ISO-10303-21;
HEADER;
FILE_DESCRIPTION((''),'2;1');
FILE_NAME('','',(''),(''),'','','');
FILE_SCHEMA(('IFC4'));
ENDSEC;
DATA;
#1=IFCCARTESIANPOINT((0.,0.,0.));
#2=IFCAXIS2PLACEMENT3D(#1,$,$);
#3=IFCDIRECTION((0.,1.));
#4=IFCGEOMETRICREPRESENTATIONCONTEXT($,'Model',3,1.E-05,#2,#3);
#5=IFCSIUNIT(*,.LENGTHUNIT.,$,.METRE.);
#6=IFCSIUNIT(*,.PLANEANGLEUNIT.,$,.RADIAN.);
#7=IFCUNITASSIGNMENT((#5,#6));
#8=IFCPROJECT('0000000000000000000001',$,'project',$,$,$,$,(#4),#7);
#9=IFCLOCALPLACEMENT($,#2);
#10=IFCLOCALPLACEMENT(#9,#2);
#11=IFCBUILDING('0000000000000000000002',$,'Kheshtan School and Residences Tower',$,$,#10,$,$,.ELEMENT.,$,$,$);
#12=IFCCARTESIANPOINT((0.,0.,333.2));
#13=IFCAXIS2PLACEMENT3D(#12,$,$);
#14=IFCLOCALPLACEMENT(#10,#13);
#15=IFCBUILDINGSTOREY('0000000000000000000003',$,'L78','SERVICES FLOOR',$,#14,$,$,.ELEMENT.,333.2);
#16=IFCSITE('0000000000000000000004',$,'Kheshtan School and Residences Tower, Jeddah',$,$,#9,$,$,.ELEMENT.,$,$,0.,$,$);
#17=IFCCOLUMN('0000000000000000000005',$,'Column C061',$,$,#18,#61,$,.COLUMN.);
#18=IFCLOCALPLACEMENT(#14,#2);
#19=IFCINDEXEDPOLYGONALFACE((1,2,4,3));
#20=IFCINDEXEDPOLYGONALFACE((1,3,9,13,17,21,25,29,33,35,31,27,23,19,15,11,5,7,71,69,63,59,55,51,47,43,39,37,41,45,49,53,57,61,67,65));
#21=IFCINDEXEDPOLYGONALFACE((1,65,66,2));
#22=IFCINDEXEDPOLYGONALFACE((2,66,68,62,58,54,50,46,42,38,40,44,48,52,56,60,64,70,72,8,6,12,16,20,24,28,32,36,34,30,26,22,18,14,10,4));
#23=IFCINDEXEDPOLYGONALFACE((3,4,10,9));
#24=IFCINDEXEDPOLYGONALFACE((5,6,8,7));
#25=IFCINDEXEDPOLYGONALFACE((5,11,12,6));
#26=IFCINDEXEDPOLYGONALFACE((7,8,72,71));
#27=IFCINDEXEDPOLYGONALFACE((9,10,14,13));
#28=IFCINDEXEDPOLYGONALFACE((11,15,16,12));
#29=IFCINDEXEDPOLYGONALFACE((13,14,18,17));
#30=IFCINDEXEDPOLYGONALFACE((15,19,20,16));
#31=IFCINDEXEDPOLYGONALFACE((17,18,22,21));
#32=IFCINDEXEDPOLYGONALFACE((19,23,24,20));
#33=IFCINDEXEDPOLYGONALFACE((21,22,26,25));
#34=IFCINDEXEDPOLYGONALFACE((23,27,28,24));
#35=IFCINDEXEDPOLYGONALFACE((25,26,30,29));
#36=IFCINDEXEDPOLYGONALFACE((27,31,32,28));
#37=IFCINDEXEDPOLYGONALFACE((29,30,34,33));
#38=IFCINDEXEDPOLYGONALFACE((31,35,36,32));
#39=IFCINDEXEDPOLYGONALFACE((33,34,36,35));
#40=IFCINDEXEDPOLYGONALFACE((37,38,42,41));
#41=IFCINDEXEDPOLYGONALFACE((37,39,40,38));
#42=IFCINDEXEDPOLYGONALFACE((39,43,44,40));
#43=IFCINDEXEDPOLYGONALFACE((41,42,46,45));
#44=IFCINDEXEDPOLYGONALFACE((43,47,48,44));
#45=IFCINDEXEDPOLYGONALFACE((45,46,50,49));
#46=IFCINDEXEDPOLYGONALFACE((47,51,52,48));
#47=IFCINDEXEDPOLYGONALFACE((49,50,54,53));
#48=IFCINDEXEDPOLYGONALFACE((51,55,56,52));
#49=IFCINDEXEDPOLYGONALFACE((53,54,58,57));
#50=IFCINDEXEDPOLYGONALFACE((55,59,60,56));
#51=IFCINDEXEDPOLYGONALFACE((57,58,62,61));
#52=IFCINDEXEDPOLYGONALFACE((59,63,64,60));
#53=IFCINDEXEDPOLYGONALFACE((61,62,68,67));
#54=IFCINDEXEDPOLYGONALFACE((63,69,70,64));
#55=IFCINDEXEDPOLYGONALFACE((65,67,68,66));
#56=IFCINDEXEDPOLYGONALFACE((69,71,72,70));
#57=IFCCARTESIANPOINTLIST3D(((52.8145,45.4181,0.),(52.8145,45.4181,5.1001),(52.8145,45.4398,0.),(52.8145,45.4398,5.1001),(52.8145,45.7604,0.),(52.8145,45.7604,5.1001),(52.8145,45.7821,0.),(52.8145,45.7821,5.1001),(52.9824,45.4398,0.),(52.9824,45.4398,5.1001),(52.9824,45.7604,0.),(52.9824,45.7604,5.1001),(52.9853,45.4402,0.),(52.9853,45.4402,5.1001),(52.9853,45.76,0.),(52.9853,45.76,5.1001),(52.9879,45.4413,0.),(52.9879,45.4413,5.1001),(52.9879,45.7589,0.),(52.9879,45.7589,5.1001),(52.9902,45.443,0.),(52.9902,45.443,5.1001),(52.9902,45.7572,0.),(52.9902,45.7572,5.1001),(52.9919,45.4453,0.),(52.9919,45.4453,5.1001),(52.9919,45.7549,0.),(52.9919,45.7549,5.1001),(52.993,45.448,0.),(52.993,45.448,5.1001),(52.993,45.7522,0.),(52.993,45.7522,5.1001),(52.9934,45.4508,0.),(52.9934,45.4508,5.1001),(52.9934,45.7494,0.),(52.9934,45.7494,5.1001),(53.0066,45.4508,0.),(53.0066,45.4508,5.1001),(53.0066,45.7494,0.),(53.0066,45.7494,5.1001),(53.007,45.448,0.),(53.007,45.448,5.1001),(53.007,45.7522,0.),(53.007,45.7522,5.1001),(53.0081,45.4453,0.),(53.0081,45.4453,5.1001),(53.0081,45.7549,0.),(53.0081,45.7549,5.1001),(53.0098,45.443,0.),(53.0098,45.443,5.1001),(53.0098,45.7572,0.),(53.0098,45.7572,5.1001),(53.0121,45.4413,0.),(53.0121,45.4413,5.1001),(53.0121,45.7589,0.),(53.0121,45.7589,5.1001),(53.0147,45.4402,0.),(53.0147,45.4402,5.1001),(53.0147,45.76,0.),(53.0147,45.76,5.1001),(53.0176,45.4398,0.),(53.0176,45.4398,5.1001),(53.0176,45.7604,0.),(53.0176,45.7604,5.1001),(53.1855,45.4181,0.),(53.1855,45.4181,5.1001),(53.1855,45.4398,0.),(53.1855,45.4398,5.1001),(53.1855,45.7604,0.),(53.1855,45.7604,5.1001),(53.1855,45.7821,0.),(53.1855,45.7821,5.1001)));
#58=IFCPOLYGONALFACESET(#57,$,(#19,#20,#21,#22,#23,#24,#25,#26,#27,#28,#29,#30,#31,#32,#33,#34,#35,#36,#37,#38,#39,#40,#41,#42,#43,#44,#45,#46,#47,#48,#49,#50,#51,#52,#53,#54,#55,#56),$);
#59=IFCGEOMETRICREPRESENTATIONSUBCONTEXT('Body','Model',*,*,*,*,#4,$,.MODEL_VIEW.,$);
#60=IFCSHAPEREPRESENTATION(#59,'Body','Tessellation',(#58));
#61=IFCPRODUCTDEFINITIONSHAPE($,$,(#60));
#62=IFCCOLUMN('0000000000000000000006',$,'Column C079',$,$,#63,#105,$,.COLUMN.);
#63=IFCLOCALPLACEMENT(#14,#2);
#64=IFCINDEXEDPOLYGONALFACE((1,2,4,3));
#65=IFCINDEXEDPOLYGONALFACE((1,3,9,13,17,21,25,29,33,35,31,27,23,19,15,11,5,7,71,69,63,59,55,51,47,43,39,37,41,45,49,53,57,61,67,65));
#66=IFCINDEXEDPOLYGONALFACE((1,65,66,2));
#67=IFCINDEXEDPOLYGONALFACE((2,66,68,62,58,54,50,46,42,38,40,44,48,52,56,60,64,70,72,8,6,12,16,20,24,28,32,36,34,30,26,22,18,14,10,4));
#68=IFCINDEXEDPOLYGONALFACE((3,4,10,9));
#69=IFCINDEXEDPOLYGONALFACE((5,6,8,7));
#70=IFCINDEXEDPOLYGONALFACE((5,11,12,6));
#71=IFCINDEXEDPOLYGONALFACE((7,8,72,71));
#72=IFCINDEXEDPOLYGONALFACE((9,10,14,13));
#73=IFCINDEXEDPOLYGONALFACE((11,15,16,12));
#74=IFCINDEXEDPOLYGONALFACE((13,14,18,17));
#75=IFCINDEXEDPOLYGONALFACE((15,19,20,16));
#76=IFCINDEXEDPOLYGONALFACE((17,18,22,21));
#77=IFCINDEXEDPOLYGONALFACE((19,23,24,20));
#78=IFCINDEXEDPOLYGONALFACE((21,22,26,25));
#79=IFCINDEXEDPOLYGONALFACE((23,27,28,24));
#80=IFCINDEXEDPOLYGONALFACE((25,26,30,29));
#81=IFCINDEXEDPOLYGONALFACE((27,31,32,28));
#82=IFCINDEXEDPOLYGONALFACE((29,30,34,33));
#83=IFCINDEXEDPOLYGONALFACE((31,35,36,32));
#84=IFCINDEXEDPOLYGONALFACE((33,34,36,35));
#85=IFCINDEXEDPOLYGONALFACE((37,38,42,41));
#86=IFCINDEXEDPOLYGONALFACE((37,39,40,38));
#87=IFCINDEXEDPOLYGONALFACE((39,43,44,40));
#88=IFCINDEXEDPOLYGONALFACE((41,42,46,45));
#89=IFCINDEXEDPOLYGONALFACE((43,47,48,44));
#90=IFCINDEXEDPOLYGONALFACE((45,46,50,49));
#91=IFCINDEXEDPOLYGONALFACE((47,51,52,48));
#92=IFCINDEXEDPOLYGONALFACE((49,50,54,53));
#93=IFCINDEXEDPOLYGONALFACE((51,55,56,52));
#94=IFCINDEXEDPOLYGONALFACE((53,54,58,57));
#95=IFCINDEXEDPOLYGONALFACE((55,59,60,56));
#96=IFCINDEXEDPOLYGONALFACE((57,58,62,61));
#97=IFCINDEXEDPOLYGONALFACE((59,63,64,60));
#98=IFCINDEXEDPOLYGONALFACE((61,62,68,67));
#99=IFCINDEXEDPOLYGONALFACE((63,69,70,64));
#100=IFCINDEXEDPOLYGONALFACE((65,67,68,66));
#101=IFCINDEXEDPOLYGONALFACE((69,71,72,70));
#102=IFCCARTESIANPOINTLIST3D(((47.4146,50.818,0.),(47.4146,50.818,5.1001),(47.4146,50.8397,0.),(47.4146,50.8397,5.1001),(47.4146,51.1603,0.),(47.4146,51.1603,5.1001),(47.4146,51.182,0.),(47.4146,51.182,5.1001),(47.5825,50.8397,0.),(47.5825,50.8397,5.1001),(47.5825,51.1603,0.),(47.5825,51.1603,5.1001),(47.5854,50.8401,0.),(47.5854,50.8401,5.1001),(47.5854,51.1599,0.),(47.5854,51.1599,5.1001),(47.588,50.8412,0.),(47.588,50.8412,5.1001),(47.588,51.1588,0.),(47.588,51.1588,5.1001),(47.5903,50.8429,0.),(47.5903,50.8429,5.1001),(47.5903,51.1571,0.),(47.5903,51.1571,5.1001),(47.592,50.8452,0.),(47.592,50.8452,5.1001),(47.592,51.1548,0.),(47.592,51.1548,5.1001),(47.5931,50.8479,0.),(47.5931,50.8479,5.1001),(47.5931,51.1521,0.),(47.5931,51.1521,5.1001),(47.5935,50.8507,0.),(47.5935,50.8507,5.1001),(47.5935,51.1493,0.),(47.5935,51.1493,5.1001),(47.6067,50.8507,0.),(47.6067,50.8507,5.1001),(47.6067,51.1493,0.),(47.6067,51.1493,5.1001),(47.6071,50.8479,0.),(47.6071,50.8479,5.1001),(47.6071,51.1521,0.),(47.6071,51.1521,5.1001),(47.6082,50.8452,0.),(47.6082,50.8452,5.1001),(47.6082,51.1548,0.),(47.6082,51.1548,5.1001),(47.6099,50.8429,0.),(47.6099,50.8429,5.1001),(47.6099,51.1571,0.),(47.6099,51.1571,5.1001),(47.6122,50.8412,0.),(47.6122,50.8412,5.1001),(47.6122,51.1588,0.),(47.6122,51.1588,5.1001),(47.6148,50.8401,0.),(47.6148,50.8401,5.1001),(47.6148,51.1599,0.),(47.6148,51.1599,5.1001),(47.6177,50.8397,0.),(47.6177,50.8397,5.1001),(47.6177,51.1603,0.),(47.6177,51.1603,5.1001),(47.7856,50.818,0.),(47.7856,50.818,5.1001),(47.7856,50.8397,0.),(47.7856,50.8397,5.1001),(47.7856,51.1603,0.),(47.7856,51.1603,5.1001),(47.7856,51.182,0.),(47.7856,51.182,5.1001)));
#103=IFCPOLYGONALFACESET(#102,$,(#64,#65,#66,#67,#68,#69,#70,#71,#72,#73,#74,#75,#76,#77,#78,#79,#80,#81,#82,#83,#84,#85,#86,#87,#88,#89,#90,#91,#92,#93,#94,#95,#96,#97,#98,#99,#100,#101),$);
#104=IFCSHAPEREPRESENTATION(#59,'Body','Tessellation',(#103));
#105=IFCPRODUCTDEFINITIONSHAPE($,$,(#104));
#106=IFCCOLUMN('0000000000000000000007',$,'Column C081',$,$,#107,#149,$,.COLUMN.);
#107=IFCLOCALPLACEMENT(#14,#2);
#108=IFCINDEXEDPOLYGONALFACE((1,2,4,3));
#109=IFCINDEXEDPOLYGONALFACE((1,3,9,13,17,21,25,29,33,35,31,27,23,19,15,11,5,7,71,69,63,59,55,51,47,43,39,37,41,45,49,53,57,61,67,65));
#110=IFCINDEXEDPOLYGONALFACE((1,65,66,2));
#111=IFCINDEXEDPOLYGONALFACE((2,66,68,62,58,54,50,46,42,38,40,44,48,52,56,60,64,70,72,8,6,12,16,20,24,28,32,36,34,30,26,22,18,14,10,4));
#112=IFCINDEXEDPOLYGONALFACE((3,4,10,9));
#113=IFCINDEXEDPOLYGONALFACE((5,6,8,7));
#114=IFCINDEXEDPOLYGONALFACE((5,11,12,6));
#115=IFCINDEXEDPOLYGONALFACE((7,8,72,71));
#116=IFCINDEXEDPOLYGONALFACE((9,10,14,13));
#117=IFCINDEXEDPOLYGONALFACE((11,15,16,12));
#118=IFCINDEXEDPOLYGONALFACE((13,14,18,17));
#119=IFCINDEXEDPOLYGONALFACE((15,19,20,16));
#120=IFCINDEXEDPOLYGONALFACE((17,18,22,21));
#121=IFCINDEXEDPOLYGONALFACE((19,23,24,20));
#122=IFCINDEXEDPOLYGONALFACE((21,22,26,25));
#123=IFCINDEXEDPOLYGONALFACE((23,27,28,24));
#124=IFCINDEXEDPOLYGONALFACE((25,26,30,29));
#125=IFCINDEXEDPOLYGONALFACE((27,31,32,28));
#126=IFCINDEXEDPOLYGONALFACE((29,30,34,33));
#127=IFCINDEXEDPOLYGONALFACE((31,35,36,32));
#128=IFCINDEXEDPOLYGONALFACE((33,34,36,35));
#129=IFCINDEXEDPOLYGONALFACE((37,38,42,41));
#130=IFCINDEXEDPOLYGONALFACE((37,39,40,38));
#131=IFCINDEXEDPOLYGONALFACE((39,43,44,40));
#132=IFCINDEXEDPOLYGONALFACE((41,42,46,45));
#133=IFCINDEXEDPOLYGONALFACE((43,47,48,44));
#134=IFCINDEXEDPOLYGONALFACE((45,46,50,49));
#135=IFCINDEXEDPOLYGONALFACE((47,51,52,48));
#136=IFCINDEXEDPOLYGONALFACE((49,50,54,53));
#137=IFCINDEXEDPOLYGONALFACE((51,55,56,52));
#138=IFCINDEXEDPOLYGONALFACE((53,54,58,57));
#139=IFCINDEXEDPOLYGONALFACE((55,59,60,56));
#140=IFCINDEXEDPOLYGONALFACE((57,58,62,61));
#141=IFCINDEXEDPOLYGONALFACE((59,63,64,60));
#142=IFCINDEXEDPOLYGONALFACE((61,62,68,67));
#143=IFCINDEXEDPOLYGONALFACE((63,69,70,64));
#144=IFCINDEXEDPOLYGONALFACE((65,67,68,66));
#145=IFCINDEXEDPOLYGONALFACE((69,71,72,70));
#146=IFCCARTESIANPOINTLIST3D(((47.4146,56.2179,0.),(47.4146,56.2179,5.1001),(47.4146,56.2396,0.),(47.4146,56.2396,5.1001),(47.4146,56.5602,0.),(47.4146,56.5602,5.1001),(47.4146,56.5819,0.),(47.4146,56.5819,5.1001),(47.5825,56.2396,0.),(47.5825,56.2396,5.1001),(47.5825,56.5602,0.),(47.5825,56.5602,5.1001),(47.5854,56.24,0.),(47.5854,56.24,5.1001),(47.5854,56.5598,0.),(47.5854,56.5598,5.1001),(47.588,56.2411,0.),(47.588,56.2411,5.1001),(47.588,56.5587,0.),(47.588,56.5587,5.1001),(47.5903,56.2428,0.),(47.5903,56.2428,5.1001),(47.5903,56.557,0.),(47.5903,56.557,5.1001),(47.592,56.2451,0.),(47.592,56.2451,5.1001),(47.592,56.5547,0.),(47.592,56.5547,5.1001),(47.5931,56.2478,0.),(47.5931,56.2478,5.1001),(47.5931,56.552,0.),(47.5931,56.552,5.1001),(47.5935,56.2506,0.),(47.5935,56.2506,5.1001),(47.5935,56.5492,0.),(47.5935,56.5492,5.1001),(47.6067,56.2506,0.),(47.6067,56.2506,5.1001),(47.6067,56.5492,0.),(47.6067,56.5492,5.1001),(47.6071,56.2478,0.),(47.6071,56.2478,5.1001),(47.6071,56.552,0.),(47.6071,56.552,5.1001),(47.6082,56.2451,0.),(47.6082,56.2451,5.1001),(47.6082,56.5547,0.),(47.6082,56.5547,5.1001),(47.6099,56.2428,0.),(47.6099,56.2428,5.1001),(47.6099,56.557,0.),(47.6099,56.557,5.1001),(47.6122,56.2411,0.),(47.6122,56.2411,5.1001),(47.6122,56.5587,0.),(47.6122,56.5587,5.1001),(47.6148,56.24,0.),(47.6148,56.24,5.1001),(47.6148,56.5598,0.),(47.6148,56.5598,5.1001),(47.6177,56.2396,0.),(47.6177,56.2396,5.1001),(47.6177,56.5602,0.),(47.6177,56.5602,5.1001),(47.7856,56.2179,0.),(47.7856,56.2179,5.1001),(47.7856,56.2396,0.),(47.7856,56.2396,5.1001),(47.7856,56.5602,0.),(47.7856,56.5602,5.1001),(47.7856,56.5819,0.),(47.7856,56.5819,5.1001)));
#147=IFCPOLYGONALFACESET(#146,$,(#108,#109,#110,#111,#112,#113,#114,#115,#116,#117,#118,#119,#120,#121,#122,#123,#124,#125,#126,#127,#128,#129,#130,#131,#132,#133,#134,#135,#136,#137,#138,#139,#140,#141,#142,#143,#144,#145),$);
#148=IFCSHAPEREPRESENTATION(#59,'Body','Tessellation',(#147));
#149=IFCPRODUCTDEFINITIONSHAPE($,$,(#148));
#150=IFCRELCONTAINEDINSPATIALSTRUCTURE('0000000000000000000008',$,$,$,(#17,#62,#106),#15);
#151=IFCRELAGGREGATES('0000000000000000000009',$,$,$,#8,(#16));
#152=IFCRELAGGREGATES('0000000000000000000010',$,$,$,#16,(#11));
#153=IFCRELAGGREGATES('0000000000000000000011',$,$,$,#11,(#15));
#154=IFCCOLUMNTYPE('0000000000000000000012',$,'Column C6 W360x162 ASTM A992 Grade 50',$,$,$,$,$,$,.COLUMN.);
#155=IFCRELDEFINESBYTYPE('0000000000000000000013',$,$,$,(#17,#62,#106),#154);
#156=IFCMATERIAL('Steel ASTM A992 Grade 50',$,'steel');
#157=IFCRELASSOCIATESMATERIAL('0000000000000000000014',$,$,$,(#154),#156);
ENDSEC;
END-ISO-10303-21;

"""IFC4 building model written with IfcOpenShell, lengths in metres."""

from ifc_helpers import new_model, si_unit, direction, frame, origin, origin_2d, place, context, subcontext, project, spatial, i_section, extrude, material, material_profile, profile_set, type_object, element, save


model = new_model("IFC4")

# Units and contexts
model_context = context("Model", 3, precision=1e-05, world=origin(), true_north=direction((0.0, 1.0)))
body_context = subcontext(model_context, "Body", "Model", "MODEL_VIEW")
ifc_project = project(units=[si_unit("LENGTHUNIT", "METRE"), si_unit("PLANEANGLEUNIT", "RADIAN")], contexts=[model_context])

# Site, building, storey
site_placement = place(None, origin())
site = spatial("IfcSite", under=ifc_project, at=site_placement, Name="Kheshtan School and Residences Tower, Jeddah", CompositionType="ELEMENT", RefElevation=0.0)
building_placement = place(site_placement, origin())
building = spatial("IfcBuilding", under=site, at=building_placement, Name="Kheshtan School and Residences Tower", CompositionType="ELEMENT")
storey_placement = place(building_placement, frame((0.0, 0.0, 333.2)))
storey = spatial("IfcBuildingStorey", under=building, at=storey_placement, Name="L78", Description="SERVICES FLOOR", CompositionType="ELEMENT", Elevation=333.2)

# Columns
ifc_material_1 = material(Name="Steel ASTM A992 Grade 50", Category="steel")
ifc_material_profile_1 = material_profile(ifc_material_1, i_section(OverallWidth=0.3711, OverallDepth=0.364, WebThickness=0.0132, FlangeThickness=0.0217, FilletRadius=0.011, at=origin_2d()), Name="W360x162")
ifc_profile_set_1 = profile_set([ifc_material_profile_1], Name="Steel ASTM A992 Grade 50")
column_type_1 = type_object("IfcColumnType", Name="Column C6 W360x162 ASTM A992 Grade 50", PredefinedType="COLUMN", material=ifc_profile_set_1)
for number, where, z_axis, x_axis, name in (
    (1, (53.0, 45.6001, 0.0), (0.0, 0.0, 1.0), (1.0, 0.0, 0.0), "Column C061"),
    (2, (47.6001, 51.0, 0.0), (0.0, 0.0, 1.0), (1.0, 0.0, 0.0), "Column C079"),
    (3, (47.6001, 56.3999, 0.0), (0.0, 0.0, 1.0), (1.0, 0.0, 0.0), "Column C081"),
):
    element("IfcColumn", number, at=place(storey_placement, frame(where, z_axis=z_axis, x_axis=x_axis)), inside=storey, type_object=column_type_1, Name=name, PredefinedType="COLUMN", context=body_context, shape_type="SweptSolid", body=[
        extrude(i_section(OverallWidth=0.3711, OverallDepth=0.364, WebThickness=0.0132, FlangeThickness=0.0217, FilletRadius=0.011, at=origin_2d()), origin(), (0.0, 0.0, 1.0), 5.1001),
    ])

save(model, "model.ifc")
